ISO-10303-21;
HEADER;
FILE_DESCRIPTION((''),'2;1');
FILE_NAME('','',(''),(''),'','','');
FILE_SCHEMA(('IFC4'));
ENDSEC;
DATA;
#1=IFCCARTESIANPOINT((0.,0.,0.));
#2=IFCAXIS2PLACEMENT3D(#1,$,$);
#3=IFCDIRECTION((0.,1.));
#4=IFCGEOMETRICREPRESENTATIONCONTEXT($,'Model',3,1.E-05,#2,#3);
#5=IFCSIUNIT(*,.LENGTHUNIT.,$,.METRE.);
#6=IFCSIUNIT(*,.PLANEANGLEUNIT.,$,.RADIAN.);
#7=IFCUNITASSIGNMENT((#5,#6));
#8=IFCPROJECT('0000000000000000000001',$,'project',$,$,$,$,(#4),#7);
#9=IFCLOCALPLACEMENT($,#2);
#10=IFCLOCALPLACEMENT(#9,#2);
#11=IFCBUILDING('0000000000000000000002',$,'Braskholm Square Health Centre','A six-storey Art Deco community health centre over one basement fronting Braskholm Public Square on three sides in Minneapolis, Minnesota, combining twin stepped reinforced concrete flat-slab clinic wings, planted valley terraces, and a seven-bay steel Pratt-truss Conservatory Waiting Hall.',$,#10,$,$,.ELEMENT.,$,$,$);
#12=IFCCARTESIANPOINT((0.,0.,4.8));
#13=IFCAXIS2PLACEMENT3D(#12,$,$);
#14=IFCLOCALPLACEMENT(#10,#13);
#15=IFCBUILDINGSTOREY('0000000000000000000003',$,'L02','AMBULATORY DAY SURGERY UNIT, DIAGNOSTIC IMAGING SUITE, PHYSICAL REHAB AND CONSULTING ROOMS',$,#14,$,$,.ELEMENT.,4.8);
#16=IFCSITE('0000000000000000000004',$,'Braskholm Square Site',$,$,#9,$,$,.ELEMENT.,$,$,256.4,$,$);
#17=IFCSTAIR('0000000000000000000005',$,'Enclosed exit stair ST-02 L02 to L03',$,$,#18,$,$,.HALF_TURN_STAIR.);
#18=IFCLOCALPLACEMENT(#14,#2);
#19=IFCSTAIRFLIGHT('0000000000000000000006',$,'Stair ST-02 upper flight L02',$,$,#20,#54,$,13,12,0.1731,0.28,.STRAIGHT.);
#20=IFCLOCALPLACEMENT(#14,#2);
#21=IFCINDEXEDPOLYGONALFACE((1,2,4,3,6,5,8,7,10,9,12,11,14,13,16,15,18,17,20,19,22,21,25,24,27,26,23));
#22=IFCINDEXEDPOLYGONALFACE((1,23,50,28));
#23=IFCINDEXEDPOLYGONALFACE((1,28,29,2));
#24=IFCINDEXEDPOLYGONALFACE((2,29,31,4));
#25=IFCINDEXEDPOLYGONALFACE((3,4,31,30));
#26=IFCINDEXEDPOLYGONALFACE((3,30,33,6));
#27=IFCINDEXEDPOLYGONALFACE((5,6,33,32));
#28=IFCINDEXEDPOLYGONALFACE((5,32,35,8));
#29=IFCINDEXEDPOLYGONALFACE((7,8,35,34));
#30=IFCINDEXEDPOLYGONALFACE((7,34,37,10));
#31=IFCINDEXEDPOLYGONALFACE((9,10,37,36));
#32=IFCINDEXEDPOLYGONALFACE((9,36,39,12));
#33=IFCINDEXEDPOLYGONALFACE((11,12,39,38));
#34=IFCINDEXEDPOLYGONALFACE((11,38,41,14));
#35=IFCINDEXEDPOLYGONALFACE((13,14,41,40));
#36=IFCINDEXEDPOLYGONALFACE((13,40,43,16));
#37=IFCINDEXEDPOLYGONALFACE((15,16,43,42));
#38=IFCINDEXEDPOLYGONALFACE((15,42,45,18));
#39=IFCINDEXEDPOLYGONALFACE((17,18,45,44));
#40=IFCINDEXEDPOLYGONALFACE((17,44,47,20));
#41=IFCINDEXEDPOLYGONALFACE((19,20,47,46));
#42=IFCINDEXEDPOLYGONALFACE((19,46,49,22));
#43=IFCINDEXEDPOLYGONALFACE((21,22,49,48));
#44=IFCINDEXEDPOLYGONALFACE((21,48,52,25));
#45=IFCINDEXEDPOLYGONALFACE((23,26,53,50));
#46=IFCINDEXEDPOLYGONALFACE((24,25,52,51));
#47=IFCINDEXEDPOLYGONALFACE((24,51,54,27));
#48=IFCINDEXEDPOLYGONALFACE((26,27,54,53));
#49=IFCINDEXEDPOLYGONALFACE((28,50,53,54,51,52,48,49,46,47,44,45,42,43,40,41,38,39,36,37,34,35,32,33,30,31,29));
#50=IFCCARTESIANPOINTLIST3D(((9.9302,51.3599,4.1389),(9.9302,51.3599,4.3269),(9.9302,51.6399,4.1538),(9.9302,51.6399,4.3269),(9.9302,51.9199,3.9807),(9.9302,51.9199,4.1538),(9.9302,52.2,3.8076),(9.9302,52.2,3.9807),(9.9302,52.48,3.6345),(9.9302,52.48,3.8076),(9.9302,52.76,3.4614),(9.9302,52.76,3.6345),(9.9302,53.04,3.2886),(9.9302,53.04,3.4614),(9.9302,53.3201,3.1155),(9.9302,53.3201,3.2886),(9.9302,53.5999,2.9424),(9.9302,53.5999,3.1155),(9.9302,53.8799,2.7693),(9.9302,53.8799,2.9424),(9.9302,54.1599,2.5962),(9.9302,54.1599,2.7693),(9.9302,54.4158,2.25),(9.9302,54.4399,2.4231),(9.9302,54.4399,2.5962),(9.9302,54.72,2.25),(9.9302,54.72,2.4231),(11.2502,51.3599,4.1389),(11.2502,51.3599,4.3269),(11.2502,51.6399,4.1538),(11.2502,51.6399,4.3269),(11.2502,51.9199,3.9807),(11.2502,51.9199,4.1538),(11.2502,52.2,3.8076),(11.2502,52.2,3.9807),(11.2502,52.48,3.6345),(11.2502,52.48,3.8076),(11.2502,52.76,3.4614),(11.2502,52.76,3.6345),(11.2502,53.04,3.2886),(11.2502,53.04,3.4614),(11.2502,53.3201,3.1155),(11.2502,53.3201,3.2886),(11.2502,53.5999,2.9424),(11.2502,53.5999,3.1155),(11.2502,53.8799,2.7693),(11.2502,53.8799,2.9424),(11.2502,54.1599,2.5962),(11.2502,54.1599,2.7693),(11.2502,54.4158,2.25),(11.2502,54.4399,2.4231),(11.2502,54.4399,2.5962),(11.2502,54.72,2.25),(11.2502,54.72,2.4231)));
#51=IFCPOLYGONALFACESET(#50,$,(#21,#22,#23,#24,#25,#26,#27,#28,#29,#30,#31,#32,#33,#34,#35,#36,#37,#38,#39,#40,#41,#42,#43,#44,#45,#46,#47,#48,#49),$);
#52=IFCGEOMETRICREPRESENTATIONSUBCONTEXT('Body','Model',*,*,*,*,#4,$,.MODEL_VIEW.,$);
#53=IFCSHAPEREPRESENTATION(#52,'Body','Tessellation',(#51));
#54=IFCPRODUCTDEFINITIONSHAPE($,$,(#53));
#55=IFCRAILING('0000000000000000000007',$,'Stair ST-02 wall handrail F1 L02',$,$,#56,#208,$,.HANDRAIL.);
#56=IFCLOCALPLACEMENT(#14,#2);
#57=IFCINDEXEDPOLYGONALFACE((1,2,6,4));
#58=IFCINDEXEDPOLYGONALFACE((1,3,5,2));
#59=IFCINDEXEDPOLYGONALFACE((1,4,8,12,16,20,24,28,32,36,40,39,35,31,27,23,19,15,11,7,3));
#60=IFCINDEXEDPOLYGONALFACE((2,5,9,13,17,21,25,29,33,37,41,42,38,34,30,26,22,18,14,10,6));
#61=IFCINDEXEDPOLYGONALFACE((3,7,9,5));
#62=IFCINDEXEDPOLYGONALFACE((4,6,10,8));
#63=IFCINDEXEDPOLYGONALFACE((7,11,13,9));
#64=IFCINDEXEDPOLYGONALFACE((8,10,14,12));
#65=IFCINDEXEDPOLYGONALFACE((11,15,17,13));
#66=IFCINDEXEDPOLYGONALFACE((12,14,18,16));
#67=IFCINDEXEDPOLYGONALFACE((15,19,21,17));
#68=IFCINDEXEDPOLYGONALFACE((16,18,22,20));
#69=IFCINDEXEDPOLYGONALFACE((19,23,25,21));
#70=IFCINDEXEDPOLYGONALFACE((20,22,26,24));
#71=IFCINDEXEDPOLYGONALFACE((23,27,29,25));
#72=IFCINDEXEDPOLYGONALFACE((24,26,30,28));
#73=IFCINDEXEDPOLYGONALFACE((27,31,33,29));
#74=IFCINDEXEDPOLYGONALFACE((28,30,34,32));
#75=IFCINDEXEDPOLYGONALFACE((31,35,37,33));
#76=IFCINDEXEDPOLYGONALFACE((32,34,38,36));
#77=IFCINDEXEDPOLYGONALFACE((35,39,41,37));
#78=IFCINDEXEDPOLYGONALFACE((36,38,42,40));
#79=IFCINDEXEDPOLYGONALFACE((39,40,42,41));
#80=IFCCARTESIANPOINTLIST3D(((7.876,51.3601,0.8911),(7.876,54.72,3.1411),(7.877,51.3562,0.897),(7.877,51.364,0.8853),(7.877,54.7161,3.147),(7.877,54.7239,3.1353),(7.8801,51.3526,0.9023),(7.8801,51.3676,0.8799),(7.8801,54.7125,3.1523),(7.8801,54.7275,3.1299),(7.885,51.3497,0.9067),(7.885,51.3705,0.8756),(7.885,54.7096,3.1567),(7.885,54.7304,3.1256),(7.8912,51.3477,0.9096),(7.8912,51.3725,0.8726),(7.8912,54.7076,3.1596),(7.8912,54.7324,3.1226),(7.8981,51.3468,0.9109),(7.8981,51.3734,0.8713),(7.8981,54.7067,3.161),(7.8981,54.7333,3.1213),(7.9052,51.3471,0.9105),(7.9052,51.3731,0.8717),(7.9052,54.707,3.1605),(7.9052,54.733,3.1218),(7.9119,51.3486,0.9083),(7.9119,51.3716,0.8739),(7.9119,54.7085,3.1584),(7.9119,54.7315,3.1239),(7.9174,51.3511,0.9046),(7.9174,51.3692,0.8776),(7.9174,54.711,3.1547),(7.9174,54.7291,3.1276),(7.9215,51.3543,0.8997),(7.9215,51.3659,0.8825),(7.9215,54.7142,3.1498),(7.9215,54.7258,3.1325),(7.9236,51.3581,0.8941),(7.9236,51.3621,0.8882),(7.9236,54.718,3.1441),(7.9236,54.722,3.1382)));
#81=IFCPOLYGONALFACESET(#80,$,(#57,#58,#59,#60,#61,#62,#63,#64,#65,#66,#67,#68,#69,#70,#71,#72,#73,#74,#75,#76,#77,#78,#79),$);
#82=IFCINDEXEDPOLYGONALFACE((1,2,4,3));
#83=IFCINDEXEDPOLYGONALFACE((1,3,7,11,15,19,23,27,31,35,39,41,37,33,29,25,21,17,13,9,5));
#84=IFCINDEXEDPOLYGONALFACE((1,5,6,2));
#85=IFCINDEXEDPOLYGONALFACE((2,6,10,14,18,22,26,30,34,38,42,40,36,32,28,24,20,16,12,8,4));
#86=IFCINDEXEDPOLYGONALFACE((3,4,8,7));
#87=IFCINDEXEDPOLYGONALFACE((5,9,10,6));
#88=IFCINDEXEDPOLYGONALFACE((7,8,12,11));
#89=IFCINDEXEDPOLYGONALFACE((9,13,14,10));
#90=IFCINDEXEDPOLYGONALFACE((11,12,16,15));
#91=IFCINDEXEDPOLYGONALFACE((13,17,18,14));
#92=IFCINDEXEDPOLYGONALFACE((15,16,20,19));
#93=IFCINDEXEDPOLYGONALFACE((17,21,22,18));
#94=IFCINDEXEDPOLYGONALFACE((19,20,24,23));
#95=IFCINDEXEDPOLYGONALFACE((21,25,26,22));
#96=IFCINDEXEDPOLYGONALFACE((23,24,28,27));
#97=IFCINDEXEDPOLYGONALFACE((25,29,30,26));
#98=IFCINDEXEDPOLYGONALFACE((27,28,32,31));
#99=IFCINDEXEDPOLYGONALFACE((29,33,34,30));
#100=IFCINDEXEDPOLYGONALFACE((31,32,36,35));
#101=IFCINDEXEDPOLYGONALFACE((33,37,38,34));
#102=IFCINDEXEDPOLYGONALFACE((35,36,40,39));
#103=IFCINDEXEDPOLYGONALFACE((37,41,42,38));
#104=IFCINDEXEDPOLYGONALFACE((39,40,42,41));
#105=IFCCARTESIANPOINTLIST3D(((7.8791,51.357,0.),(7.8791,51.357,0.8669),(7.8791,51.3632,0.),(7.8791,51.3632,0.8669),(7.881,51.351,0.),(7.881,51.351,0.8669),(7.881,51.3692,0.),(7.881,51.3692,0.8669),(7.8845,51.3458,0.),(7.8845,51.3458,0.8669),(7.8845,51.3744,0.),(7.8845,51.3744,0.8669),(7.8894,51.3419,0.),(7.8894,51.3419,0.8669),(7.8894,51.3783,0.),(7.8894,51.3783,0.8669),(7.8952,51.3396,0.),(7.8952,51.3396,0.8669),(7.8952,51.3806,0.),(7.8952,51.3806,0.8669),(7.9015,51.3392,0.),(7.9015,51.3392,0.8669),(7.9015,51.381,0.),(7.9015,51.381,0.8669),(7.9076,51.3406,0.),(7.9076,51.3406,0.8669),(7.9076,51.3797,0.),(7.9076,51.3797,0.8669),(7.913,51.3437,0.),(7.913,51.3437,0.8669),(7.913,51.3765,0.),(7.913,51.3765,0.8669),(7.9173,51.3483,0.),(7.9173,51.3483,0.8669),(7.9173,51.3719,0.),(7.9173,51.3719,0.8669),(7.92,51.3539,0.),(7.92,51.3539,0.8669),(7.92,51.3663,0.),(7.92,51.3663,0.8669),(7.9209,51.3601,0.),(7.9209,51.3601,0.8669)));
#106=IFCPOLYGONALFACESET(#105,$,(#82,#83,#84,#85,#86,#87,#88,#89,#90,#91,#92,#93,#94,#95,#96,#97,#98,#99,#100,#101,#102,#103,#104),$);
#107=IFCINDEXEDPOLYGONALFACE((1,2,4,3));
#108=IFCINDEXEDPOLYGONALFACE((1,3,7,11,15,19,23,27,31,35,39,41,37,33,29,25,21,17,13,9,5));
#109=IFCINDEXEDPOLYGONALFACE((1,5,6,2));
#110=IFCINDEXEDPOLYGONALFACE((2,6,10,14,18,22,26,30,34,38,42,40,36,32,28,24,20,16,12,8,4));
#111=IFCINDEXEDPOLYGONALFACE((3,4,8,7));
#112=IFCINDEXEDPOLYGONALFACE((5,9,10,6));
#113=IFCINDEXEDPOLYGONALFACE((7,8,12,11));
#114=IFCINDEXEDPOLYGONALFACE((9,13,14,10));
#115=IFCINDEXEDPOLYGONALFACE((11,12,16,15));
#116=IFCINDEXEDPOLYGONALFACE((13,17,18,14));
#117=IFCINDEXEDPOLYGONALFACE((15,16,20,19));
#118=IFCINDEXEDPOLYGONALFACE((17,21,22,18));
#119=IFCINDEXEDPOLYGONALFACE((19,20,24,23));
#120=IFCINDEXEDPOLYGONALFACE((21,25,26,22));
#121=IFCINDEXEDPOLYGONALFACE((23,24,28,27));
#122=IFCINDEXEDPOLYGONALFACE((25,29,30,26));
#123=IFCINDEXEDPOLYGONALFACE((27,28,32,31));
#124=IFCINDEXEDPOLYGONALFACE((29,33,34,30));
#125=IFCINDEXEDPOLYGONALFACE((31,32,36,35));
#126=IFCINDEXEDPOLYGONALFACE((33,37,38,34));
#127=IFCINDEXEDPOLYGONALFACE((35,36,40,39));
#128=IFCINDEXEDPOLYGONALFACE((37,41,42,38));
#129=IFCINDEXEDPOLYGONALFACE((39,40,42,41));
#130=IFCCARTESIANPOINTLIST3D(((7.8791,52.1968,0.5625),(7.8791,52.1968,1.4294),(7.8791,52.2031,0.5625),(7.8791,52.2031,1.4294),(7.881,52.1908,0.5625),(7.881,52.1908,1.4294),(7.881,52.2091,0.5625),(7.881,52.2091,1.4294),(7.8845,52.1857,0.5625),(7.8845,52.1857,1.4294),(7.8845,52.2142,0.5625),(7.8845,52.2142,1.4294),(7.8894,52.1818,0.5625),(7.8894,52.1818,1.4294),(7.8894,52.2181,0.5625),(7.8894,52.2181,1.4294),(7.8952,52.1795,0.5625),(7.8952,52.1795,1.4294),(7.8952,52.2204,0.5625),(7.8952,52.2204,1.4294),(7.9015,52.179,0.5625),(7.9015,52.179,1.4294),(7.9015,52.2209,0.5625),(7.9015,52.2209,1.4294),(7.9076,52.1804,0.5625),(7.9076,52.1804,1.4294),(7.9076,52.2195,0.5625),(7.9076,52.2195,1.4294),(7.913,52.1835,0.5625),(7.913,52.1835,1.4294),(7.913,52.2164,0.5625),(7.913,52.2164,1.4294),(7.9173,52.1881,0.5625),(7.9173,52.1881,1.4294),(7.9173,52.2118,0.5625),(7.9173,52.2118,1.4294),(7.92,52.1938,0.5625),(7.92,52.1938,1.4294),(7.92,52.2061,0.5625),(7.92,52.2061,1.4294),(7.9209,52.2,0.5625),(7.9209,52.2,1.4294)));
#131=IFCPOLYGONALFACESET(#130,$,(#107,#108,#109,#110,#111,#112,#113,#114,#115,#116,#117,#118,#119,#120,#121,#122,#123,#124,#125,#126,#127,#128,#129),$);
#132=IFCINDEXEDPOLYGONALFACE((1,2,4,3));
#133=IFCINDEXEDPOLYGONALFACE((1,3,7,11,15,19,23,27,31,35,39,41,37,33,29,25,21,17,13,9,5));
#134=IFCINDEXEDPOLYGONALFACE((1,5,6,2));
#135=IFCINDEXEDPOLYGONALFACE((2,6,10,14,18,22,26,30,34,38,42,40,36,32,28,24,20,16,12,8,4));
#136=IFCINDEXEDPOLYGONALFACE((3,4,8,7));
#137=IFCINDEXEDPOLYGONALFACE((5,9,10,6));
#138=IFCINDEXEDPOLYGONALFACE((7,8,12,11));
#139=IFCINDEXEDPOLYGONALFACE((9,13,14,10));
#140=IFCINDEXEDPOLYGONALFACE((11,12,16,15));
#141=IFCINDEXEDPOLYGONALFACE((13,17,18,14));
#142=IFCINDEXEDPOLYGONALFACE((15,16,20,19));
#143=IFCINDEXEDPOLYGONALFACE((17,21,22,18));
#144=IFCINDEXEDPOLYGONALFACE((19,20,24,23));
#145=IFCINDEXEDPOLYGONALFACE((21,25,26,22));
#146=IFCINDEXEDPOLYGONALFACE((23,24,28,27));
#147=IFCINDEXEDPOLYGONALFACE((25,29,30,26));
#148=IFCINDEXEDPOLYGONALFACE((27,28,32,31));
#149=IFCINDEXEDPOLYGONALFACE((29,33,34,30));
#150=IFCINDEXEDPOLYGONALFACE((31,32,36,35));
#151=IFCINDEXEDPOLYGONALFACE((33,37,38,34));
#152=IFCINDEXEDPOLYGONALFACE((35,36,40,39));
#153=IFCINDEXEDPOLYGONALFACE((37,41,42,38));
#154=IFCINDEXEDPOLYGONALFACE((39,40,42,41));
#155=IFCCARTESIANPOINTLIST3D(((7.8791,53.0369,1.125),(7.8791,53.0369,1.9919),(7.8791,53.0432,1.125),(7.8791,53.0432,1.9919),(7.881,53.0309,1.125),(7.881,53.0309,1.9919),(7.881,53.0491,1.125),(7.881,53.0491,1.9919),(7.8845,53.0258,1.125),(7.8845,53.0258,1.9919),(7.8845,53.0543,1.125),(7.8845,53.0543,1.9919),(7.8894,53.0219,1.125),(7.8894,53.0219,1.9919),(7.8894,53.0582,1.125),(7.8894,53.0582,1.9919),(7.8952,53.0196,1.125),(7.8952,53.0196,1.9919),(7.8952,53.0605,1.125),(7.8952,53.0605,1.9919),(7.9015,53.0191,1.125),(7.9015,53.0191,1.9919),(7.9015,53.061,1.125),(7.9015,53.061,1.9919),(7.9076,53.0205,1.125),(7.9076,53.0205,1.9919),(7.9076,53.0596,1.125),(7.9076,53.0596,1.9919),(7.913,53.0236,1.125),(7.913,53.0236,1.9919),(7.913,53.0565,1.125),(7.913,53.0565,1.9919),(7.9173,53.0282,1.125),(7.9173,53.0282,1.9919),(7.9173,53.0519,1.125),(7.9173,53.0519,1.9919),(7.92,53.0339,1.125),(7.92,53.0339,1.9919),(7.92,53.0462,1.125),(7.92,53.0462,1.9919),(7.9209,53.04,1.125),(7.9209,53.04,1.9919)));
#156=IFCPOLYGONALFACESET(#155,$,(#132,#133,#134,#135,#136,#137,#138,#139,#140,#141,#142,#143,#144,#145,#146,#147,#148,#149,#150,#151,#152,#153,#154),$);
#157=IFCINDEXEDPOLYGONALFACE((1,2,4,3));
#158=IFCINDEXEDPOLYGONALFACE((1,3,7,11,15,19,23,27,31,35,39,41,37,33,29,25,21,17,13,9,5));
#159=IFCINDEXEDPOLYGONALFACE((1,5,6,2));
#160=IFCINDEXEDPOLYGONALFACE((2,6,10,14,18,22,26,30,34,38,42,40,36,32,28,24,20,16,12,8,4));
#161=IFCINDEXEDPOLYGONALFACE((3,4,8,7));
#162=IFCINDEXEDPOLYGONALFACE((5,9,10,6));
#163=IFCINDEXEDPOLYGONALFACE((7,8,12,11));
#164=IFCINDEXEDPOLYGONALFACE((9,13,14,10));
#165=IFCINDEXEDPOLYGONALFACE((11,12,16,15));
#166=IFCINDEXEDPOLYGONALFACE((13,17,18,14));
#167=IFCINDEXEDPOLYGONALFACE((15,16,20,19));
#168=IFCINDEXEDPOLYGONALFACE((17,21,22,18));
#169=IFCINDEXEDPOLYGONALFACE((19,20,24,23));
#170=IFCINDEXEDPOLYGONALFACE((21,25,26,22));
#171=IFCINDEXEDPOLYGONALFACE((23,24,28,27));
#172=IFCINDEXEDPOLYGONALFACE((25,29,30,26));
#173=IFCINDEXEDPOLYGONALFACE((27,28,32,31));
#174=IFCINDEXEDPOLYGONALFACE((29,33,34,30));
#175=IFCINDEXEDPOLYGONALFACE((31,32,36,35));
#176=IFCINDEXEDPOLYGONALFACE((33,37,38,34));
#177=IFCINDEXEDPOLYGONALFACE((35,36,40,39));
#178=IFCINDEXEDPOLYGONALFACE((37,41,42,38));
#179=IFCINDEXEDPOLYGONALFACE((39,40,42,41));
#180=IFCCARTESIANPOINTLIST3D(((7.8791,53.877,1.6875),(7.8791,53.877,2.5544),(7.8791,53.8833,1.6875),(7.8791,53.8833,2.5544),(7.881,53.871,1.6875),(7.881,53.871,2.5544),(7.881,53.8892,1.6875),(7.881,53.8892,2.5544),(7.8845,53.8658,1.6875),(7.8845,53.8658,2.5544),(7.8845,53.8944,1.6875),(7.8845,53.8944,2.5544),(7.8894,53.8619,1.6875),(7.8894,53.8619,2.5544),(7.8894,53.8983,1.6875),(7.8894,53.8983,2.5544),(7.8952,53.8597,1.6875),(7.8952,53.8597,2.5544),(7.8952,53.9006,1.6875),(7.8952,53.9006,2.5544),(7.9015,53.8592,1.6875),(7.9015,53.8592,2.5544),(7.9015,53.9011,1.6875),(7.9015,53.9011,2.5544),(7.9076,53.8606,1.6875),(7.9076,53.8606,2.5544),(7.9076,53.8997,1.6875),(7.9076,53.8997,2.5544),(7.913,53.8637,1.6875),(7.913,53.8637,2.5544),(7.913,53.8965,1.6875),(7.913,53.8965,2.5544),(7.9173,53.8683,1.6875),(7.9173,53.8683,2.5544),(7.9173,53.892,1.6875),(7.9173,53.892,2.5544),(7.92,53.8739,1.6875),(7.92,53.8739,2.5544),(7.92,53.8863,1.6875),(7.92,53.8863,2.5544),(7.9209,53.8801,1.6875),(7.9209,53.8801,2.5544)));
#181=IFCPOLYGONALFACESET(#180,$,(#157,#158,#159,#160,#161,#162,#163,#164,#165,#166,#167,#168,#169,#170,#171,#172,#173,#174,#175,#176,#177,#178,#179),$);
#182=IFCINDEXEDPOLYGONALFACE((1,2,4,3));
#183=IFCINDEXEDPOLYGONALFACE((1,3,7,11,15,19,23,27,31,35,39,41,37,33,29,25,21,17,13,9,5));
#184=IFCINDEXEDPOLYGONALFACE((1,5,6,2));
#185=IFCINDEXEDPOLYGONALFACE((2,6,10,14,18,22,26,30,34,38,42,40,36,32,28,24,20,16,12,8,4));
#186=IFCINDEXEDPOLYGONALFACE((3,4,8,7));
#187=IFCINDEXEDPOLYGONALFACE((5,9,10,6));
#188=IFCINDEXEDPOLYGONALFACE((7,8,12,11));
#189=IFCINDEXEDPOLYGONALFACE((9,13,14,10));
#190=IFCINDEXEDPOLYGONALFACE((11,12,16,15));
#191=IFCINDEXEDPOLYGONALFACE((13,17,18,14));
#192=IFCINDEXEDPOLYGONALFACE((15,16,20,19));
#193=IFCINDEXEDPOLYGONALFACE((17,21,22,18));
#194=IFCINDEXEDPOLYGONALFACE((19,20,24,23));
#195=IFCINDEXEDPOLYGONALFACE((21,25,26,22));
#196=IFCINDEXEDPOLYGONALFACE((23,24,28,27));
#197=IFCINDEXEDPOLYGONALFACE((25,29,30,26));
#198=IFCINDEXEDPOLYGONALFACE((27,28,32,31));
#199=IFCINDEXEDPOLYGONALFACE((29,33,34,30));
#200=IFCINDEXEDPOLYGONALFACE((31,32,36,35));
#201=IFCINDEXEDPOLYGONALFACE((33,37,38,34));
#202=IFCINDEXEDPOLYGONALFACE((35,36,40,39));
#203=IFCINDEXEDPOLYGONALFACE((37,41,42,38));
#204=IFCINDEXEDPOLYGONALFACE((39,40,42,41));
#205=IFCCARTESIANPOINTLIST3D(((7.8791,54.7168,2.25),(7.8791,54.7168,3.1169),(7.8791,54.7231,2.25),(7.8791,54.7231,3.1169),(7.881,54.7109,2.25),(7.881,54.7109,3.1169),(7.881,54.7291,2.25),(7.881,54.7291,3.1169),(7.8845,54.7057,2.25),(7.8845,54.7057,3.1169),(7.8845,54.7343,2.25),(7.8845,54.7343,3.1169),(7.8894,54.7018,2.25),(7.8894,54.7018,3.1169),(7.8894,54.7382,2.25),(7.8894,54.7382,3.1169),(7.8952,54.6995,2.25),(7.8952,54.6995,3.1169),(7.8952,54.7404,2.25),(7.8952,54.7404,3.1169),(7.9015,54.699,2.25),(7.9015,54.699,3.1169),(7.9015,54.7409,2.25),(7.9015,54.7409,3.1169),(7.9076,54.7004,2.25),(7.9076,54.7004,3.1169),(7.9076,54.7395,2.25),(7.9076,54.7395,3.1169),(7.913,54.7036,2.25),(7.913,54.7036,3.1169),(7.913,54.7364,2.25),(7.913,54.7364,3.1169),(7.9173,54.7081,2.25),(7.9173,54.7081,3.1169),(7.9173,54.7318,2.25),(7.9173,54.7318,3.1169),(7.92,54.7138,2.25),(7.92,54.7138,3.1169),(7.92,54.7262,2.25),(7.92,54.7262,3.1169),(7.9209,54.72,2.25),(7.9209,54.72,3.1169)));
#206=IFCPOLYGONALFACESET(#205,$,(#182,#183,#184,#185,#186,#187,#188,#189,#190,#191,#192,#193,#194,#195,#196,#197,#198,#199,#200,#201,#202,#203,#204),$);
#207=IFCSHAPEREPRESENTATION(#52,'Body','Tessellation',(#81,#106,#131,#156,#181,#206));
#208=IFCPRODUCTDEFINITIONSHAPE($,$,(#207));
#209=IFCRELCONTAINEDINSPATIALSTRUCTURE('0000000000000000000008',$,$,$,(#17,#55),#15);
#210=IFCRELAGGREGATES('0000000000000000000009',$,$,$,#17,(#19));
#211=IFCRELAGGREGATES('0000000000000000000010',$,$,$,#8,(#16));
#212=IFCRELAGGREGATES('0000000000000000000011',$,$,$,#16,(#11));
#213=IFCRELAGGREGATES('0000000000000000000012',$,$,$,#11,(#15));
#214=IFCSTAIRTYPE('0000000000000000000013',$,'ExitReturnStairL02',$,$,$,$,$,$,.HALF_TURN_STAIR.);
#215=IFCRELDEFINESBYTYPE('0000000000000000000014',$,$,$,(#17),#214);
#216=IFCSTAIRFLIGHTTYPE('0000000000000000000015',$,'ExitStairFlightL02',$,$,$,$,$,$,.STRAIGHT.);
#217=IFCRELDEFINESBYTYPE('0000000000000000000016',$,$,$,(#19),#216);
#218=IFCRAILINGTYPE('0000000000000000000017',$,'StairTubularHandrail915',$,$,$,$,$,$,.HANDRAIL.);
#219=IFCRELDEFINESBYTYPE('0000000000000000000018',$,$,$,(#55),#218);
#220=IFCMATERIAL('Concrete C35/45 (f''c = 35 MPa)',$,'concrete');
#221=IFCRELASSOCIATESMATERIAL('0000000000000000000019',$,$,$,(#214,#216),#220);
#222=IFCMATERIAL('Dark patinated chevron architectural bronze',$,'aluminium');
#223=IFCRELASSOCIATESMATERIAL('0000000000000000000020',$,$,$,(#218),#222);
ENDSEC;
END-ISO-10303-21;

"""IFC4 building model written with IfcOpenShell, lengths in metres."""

from ifc_helpers import new_model, si_unit, direction, frame, origin, origin_2d, place, context, subcontext, project, spatial, polyline, circle, outline, extrude, material, type_object, element, aggregate, save


model = new_model("IFC4")

# Units and contexts
model_context = context("Model", 3, precision=1e-05, world=origin(), true_north=direction((0.0, 1.0)))
body_context = subcontext(model_context, "Body", "Model", "MODEL_VIEW")
ifc_project = project(units=[si_unit("LENGTHUNIT", "METRE"), si_unit("PLANEANGLEUNIT", "RADIAN")], contexts=[model_context])

# Site, building, storey
site_placement = place(None, origin())
site = spatial("IfcSite", under=ifc_project, at=site_placement, Name="Braskholm Square Site", CompositionType="ELEMENT", RefElevation=256.4)
building_placement = place(site_placement, origin())
building = spatial("IfcBuilding", under=site, at=building_placement, Name="Braskholm Square Health Centre", Description="A six-storey Art Deco community health centre over one basement fronting Braskholm Public Square on three sides in Minneapolis, Minnesota, combining twin stepped reinforced concrete flat-slab clinic wings, planted valley terraces, and a seven-bay steel Pratt-truss Conservatory Waiting Hall.", CompositionType="ELEMENT")
storey_placement = place(building_placement, frame((0.0, 0.0, 4.8)))
storey = spatial("IfcBuildingStorey", under=building, at=storey_placement, Name="L02", Description="AMBULATORY DAY SURGERY UNIT, DIAGNOSTIC IMAGING SUITE, PHYSICAL REHAB AND CONSULTING ROOMS", CompositionType="ELEMENT", Elevation=4.8)

# Shared definitions
ifc_material_1 = material(Name="Concrete C35/45 (f'c = 35 MPa)", Category="concrete")

# Stair, stair flight
stair_type = type_object("IfcStairType", Name="ExitReturnStairL02", PredefinedType="HALF_TURN_STAIR", material=ifc_material_1)
stair_placement = place(storey_placement, origin())
stair = element("IfcStair", 1, at=stair_placement, inside=storey, type_object=stair_type, Name="Enclosed exit stair ST-02 L02 to L03", PredefinedType="HALF_TURN_STAIR")
stair_flight_type = type_object("IfcStairFlightType", Name="ExitStairFlightL02", PredefinedType="STRAIGHT", material=ifc_material_1)
stair_flight_1_placement = place(storey_placement, frame((10.5901, 54.72, 2.25), z_axis=(0.0, 0.0, 1.0), x_axis=(0.0, -1.0, 0.0)))
stair_flight_1 = element("IfcStairFlight", 2, at=stair_flight_1_placement, type_object=stair_flight_type, Name="Stair ST-02 upper flight L02", NumberOfRisers=13, NumberOfTreads=12, PredefinedType="STRAIGHT", RiserHeight=0.1731, TreadLength=0.28, context=body_context, shape_type="SweptSolid", body=[
    extrude(outline(polyline([(0.0, 0.0), (0.0, 0.1731), (0.28, 0.1731), (0.28, 0.3462), (0.5601, 0.3462), (0.5601, 0.5193), (0.8401, 0.5193), (0.8401, 0.6924), (1.1201, 0.6924), (1.1201, 0.8655), (1.3999, 0.8655), (1.3999, 1.0386), (1.6799, 1.0386), (1.6799, 1.2114), (1.96, 1.2114), (1.96, 1.3845), (2.24, 1.3845), (2.24, 1.5576), (2.52, 1.5576), (2.52, 1.7307), (2.8, 1.7307), (2.8, 1.9038), (3.0801, 1.9038), (3.0801, 2.0769), (3.3601, 2.0769), (3.3601, 2.25), (3.3601, 1.8889), (0.3042, 0.0), (0.0, 0.0)])), frame((0.0, 0.6602, 0.0), z_axis=(0.0, -1.0, 0.0), x_axis=(1.0, 0.0, 0.0)), (0.0, 0.0, 1.0), 1.3201),
])
aggregate(stair, [stair_flight_1])

# Railing
ifc_material_2 = material(Name="Dark patinated chevron architectural bronze", Category="aluminium")
railing_type_1 = type_object("IfcRailingType", Name="StairTubularHandrail915", PredefinedType="HANDRAIL", material=ifc_material_2)
railing_1_placement = place(storey_placement, frame((7.8999, 51.3601, 0.0)))
element("IfcRailing", 3, at=railing_1_placement, inside=storey, type_object=railing_type_1, Name="Stair ST-02 wall handrail F1 L02", PredefinedType="HANDRAIL", context=body_context, shape_type="SweptSolid", body=[
    extrude(circle(Radius=0.0239, at=origin_2d()), frame((0.0, 0.0, 0.8911), z_axis=(0.0, 0.830897, 0.556427), x_axis=(-1.0, 0.0, 0.0)), (0.0, 0.0, 1.0), 4.0437),
    extrude(circle(Radius=0.021, at=origin_2d()), origin(), (0.0, 0.0, 1.0), 0.8669),
    extrude(circle(Radius=0.021, at=origin_2d()), frame((0.0, 0.8398, 0.5625)), (0.0, 0.0, 1.0), 0.8669),
    extrude(circle(Radius=0.021, at=origin_2d()), frame((0.0, 1.6799, 1.125)), (0.0, 0.0, 1.0), 0.8669),
    extrude(circle(Radius=0.021, at=origin_2d()), frame((0.0, 2.52, 1.6875)), (0.0, 0.0, 1.0), 0.8669),
    extrude(circle(Radius=0.021, at=origin_2d()), frame((0.0, 3.3599, 2.25)), (0.0, 0.0, 1.0), 0.8669),
])

save(model, "model.ifc")
